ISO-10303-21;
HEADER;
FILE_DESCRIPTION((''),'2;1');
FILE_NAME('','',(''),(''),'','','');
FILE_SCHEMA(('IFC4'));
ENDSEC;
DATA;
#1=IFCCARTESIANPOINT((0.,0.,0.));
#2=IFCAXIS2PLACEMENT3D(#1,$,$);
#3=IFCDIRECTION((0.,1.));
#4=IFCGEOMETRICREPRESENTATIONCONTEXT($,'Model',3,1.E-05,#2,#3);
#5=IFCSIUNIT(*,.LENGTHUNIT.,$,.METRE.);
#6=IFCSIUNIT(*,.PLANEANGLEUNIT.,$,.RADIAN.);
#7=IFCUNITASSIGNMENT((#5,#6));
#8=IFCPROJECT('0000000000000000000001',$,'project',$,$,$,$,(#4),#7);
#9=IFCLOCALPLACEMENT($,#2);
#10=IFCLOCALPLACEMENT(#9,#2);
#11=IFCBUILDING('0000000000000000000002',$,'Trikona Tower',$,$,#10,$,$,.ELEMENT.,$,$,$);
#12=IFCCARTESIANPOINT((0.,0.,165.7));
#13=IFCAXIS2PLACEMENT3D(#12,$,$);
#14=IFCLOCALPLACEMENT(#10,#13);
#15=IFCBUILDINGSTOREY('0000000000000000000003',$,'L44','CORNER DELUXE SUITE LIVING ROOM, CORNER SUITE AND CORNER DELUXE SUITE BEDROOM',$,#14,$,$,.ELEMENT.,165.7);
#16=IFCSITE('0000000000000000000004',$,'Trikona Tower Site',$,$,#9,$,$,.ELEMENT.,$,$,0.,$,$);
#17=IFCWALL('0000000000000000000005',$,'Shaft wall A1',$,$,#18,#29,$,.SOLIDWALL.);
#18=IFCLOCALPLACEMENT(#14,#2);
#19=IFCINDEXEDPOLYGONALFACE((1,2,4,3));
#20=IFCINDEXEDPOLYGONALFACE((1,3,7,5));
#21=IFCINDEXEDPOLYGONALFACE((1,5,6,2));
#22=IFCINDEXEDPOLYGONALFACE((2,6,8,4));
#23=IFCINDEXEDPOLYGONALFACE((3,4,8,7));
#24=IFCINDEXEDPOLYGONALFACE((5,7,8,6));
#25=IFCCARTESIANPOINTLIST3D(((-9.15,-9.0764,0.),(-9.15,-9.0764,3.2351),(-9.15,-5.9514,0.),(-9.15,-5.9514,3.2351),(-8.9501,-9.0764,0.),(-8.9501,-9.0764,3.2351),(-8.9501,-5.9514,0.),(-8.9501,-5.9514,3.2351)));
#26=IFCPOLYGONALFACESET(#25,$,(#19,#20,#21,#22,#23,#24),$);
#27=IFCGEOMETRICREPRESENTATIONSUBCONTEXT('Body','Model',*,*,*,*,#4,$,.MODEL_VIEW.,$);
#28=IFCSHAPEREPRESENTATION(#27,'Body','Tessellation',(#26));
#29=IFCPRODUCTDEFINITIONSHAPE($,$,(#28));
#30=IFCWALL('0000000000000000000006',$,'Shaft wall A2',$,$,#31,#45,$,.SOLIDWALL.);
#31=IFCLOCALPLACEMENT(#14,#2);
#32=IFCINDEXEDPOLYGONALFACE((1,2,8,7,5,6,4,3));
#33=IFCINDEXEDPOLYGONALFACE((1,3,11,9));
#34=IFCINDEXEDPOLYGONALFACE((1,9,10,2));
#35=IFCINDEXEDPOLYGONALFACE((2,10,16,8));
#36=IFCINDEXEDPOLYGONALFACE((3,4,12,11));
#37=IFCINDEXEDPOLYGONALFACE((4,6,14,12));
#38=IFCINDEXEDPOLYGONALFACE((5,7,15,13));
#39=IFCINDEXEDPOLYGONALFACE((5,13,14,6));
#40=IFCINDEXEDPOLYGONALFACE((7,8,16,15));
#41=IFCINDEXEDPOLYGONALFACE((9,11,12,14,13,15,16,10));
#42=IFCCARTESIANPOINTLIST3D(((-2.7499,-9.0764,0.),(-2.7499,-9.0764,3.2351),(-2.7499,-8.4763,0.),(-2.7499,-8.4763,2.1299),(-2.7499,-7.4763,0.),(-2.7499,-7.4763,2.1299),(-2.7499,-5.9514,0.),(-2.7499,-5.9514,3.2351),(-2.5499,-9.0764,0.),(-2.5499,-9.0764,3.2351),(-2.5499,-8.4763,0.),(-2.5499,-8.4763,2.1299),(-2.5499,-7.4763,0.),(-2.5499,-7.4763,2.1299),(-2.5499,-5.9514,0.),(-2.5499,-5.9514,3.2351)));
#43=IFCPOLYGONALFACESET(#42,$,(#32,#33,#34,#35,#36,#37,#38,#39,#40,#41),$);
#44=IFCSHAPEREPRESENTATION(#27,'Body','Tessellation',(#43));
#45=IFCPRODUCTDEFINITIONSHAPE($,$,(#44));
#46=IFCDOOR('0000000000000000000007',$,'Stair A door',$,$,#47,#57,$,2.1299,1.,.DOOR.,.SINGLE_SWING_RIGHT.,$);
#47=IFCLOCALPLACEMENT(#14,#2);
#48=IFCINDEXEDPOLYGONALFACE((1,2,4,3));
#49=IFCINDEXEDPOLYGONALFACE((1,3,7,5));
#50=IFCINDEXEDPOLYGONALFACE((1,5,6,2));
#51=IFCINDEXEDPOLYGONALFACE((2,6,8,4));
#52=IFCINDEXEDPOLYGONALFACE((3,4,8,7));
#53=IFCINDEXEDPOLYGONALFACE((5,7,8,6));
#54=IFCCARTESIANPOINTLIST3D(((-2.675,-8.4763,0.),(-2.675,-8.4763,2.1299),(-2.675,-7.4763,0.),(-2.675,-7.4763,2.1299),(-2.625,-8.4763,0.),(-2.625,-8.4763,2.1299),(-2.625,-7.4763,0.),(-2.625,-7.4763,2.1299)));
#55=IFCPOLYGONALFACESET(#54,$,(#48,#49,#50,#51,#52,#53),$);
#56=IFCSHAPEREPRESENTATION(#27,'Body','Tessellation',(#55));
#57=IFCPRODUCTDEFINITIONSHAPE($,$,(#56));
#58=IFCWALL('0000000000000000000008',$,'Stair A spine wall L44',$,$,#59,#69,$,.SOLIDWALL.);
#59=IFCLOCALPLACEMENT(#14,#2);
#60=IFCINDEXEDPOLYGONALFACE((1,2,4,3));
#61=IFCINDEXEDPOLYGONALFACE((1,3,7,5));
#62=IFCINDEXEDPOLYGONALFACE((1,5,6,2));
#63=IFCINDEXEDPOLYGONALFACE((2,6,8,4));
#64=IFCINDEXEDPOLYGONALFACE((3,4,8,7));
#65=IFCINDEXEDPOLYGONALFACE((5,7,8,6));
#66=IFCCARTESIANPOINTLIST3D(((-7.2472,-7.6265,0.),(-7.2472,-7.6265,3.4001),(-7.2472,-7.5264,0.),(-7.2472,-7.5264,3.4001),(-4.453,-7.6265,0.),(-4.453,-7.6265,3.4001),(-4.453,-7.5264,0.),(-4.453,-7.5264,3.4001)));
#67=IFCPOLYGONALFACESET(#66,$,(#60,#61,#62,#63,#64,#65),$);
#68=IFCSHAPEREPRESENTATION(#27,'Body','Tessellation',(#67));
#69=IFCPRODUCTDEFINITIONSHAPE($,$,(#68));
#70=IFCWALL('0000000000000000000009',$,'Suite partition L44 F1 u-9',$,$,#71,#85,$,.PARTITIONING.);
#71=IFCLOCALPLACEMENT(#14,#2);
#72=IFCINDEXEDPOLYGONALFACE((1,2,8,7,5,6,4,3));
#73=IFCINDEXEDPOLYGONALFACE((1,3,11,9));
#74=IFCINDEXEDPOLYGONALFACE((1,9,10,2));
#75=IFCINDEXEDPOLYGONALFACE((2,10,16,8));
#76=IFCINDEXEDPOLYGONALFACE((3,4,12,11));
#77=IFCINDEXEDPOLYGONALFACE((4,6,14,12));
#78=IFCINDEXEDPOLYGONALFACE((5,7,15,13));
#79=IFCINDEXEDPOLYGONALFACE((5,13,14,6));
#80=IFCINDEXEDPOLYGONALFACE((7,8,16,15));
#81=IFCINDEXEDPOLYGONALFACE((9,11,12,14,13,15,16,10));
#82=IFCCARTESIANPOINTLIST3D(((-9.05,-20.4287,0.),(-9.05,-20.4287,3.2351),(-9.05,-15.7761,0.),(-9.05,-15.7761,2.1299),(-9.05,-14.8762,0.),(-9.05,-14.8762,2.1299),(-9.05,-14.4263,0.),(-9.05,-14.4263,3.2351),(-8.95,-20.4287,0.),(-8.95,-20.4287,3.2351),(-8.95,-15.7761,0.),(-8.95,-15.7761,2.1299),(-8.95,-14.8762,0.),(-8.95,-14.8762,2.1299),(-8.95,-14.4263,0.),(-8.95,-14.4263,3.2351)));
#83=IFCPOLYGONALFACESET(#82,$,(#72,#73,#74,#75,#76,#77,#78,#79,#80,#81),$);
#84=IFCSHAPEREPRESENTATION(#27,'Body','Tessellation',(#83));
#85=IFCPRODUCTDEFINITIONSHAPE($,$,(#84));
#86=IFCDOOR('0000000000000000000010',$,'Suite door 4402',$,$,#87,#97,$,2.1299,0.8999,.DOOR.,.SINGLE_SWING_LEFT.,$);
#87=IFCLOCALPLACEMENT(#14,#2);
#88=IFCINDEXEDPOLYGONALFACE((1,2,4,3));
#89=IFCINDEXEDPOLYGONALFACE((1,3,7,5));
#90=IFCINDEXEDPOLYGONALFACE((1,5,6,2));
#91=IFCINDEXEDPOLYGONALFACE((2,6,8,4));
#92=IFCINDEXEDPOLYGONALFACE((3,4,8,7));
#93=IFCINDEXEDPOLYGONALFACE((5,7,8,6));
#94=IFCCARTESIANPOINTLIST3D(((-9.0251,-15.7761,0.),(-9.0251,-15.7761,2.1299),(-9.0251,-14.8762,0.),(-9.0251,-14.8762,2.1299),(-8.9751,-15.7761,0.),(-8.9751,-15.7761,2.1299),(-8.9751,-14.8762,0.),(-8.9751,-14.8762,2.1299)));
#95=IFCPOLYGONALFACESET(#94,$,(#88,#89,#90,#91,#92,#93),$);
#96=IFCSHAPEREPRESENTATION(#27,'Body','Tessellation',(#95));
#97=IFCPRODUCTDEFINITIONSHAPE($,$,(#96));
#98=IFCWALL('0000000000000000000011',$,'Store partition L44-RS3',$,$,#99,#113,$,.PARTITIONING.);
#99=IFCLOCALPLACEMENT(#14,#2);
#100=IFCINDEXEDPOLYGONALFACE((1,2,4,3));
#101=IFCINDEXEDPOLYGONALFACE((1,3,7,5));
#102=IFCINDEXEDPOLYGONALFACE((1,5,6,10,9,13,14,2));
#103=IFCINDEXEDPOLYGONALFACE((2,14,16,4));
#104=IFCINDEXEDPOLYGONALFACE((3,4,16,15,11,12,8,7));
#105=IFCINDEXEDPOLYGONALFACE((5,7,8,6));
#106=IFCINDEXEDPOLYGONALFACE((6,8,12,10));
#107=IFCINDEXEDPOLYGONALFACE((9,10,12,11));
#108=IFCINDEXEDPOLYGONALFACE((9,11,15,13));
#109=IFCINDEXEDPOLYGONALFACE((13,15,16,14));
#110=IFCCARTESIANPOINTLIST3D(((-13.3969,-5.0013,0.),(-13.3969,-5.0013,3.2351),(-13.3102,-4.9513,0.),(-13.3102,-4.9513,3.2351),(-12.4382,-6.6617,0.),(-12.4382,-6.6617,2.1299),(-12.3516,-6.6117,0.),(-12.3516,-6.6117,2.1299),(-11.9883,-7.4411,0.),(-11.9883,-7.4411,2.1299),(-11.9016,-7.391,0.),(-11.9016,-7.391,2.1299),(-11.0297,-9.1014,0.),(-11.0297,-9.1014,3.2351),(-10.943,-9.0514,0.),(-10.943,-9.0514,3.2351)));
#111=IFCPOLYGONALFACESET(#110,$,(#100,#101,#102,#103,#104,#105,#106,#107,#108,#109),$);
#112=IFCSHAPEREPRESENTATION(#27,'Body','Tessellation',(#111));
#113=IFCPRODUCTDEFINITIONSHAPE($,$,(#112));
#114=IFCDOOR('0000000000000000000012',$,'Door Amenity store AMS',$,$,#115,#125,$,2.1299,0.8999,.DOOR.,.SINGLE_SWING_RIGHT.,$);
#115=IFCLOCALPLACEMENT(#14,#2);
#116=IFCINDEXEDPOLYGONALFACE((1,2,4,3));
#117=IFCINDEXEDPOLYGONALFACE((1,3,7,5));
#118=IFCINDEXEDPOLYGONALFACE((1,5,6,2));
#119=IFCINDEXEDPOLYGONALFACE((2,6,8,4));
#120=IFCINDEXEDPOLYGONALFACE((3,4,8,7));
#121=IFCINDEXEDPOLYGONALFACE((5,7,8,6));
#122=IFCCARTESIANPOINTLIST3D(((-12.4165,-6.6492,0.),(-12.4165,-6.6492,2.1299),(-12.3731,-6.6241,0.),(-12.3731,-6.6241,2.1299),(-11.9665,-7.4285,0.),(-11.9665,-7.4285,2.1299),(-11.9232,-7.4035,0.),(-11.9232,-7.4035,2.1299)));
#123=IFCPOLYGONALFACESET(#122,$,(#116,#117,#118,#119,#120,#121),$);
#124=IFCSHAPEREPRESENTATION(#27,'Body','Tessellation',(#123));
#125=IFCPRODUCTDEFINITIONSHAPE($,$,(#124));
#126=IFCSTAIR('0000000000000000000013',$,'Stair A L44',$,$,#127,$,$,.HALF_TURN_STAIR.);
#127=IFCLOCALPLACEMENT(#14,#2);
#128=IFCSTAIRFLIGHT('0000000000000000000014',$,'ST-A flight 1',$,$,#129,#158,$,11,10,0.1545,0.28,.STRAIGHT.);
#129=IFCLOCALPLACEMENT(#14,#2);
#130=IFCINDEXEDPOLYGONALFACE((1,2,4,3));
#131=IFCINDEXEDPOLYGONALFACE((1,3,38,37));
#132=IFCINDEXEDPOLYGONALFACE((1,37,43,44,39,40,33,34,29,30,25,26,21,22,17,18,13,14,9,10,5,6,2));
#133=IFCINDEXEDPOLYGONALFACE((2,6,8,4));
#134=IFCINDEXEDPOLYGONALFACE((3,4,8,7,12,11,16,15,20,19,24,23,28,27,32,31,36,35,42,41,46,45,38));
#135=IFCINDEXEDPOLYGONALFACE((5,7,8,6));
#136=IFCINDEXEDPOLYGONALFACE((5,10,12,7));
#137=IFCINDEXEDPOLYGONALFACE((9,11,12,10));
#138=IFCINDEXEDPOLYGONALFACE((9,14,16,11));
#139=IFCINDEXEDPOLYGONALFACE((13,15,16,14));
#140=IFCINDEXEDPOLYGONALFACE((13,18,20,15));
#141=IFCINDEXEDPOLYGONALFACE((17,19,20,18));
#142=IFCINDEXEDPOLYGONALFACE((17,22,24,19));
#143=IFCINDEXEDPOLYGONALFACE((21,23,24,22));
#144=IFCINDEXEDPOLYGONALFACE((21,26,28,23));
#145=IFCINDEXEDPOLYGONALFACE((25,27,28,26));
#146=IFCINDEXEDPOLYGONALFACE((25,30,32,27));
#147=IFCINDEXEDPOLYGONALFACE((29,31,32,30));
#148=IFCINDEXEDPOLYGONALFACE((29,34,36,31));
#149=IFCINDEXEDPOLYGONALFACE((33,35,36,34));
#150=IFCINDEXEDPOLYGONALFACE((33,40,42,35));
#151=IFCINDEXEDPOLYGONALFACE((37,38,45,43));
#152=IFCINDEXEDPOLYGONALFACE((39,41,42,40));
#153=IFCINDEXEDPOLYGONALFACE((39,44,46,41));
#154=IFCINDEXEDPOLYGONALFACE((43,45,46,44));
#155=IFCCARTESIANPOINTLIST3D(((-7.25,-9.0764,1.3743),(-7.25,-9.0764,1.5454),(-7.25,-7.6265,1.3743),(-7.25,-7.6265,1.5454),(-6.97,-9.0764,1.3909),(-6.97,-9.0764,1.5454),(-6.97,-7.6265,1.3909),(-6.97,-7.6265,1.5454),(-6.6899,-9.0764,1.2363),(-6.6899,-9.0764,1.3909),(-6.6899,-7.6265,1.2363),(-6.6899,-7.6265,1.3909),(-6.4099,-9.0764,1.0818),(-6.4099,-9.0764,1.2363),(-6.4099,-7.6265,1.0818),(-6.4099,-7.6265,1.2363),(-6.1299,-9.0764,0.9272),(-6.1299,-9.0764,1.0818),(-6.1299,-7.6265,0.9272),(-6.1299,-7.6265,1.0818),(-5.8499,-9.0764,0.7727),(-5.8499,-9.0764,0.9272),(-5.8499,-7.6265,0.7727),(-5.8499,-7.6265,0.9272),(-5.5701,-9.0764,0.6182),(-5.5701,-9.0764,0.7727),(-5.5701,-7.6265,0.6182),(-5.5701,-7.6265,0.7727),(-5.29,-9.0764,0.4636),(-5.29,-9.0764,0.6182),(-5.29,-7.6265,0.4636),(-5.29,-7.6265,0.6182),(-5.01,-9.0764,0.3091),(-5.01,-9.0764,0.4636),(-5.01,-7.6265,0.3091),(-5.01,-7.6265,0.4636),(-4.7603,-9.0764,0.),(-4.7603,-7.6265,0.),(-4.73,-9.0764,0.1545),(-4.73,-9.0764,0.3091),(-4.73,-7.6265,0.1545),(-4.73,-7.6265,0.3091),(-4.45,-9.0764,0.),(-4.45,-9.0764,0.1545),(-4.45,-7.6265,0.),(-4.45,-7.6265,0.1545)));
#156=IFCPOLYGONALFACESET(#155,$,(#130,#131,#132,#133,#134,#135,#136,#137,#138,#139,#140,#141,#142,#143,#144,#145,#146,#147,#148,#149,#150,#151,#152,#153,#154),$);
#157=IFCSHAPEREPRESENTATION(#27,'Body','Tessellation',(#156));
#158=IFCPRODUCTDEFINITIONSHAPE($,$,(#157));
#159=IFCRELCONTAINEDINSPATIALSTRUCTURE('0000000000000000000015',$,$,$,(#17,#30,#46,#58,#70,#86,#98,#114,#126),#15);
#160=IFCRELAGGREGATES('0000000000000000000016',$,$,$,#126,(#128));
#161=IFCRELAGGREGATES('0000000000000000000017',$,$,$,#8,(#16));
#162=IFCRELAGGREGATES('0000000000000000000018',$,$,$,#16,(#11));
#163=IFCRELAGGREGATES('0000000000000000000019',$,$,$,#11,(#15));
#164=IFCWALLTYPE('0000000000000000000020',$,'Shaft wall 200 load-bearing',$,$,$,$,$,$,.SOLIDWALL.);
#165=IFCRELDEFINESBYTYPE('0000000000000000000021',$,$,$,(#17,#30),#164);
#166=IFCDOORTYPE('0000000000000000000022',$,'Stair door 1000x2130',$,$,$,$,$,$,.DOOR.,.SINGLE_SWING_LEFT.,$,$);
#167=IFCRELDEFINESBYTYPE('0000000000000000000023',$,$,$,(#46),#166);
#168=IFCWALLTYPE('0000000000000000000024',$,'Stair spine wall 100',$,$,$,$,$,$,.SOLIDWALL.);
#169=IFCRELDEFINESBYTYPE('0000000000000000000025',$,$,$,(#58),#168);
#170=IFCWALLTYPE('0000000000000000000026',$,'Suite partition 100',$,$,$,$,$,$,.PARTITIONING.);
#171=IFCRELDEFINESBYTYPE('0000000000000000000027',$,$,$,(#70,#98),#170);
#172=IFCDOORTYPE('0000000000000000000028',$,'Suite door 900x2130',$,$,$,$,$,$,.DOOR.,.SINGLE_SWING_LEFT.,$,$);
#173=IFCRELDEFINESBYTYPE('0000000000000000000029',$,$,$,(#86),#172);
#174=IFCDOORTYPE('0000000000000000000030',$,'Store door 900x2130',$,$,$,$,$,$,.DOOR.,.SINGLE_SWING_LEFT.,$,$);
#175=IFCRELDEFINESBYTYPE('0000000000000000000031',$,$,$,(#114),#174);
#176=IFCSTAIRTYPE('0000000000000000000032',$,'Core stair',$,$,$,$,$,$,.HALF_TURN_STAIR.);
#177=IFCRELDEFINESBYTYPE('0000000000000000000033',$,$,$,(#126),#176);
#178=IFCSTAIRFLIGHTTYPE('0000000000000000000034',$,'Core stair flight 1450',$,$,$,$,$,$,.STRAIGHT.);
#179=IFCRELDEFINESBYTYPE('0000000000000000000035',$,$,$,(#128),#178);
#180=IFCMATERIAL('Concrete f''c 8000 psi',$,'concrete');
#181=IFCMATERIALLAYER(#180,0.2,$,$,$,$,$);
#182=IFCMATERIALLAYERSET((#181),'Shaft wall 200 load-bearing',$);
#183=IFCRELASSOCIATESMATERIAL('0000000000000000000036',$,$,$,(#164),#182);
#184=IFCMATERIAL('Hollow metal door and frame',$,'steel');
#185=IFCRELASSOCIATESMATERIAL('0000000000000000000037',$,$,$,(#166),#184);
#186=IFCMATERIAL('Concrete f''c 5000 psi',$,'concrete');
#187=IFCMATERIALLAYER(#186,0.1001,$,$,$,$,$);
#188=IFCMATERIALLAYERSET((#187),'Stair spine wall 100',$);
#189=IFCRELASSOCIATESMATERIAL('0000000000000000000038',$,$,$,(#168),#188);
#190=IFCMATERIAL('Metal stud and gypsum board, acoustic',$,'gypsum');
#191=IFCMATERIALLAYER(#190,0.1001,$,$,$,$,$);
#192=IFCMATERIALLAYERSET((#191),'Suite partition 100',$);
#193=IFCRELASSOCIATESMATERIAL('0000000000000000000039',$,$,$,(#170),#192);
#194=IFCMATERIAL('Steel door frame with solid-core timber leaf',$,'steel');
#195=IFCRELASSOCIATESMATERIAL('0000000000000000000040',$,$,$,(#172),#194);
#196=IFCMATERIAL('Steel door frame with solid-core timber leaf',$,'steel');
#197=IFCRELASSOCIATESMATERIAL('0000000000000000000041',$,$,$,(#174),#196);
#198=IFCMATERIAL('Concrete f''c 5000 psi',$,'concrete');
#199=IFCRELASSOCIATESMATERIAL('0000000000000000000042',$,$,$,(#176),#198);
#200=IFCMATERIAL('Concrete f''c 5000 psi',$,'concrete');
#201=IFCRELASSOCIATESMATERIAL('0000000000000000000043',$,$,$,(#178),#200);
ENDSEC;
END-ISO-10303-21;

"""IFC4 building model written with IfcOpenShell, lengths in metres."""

from ifc_helpers import new_model, si_unit, direction, frame, frame_2d, origin, place, context, subcontext, project, spatial, polyline, rectangle, outline, extrude, material, layer, layer_set, type_object, element, fill, aggregate, save


model = new_model("IFC4")

# Units and contexts
model_context = context("Model", 3, precision=1e-05, world=origin(), true_north=direction((0.0, 1.0)))
body_context = subcontext(model_context, "Body", "Model", "MODEL_VIEW")
ifc_project = project(units=[si_unit("LENGTHUNIT", "METRE"), si_unit("PLANEANGLEUNIT", "RADIAN")], contexts=[model_context])

# Site, building, storey
site_placement = place(None, origin())
site = spatial("IfcSite", under=ifc_project, at=site_placement, Name="Trikona Tower Site", CompositionType="ELEMENT", RefElevation=0.0)
building_placement = place(site_placement, origin())
building = spatial("IfcBuilding", under=site, at=building_placement, Name="Trikona Tower", CompositionType="ELEMENT")
storey_placement = place(building_placement, frame((0.0, 0.0, 165.7)))
storey = spatial("IfcBuildingStorey", under=building, at=storey_placement, Name="L44", Description="CORNER DELUXE SUITE LIVING ROOM, CORNER SUITE AND CORNER DELUXE SUITE BEDROOM", CompositionType="ELEMENT", Elevation=165.7)

# Wall
ifc_material_1 = material(Name="Concrete f'c 8000 psi", Category="concrete")
ifc_layer_1 = layer(ifc_material_1, 0.2)
ifc_layer_set_1 = layer_set([ifc_layer_1], Name="Shaft wall 200 load-bearing")
wall_type_1 = type_object("IfcWallType", Name="Shaft wall 200 load-bearing", PredefinedType="SOLIDWALL", material=ifc_layer_set_1)
wall_1_placement = place(storey_placement, frame((-9.05, -5.9514, 0.0), z_axis=(0.0, 0.0, 1.0), x_axis=(0.0, -1.0, 0.0)))
element("IfcWall", 1, at=wall_1_placement, inside=storey, type_object=wall_type_1, Name="Shaft wall A1", PredefinedType="SOLIDWALL", context=body_context, shape_type="SweptSolid", body=[
    extrude(rectangle(XDim=3.125, YDim=0.2, at=frame_2d((1.5625, 0.0))), origin(), (0.0, 0.0, 1.0), 3.2351),
])

# Wall, opening, door
wall_2_placement = place(storey_placement, frame((-2.6499, -5.9514, 0.0), z_axis=(0.0, 0.0, 1.0), x_axis=(0.0, -1.0, 0.0)))
wall_2 = element("IfcWall", 2, at=wall_2_placement, inside=storey, type_object=wall_type_1, Name="Shaft wall A2", PredefinedType="SOLIDWALL", context=body_context, shape_type="SweptSolid", body=[
    extrude(rectangle(XDim=3.125, YDim=0.2, at=frame_2d((1.5625, 0.0))), origin(), (0.0, 0.0, 1.0), 3.2351),
])
opening_1_placement = place(wall_2_placement, frame((1.5249, 0.0, 0.0)))
opening_1 = element("IfcOpeningElement", 3, at=opening_1_placement, cuts=wall_2, PredefinedType="OPENING", context=body_context, shape_type="SweptSolid", body=[
    extrude(rectangle(XDim=1.0, YDim=2.1299, at=frame_2d((0.5, 1.0649))), frame((0.0, 0.1099, 0.0), z_axis=(0.0, -1.0, 0.0), x_axis=(1.0, 0.0, 0.0)), (0.0, 0.0, 1.0), 0.22),
])
ifc_material_2 = material(Name="Hollow metal door and frame", Category="steel")
door_type_1 = type_object("IfcDoorType", Name="Stair door 1000x2130", OperationType="SINGLE_SWING_LEFT", PredefinedType="DOOR", material=ifc_material_2)
door_1_placement = place(opening_1_placement, origin())
door_1 = element("IfcDoor", 4, at=door_1_placement, inside=storey, type_object=door_type_1, Name="Stair A door", OperationType="SINGLE_SWING_RIGHT", OverallHeight=2.1299, OverallWidth=1.0, PredefinedType="DOOR", context=body_context, shape_type="SweptSolid", body=[
    extrude(rectangle(XDim=1.0, YDim=2.1299, at=frame_2d((0.5, 1.0649))), frame((0.0, 0.0249, 0.0), z_axis=(0.0, -1.0, 0.0), x_axis=(1.0, 0.0, 0.0)), (0.0, 0.0, 1.0), 0.05),
])
fill(opening_1, door_1)

# Wall
ifc_material_3 = material(Name="Concrete f'c 5000 psi", Category="concrete")
ifc_layer_2 = layer(ifc_material_3, 0.1001)
ifc_layer_set_2 = layer_set([ifc_layer_2], Name="Stair spine wall 100")
wall_type_2 = type_object("IfcWallType", Name="Stair spine wall 100", PredefinedType="SOLIDWALL", material=ifc_layer_set_2)
wall_3_placement = place(storey_placement, frame((-7.2471, -7.5764, 0.0), z_axis=(0.0, 0.0, 1.0), x_axis=(1.0, 0.0, 0.0)))
element("IfcWall", 5, at=wall_3_placement, inside=storey, type_object=wall_type_2, Name="Stair A spine wall L44", PredefinedType="SOLIDWALL", context=body_context, shape_type="SweptSolid", body=[
    extrude(rectangle(XDim=2.7942, YDim=0.1001, at=frame_2d((1.397, 0.0))), origin(), (0.0, 0.0, 1.0), 3.4001),
])

# Walls, openings, doors
ifc_material_4 = material(Name="Metal stud and gypsum board, acoustic", Category="gypsum")
ifc_layer_3 = layer(ifc_material_4, 0.1001)
ifc_layer_set_3 = layer_set([ifc_layer_3], Name="Suite partition 100")
wall_type_3 = type_object("IfcWallType", Name="Suite partition 100", PredefinedType="PARTITIONING", material=ifc_layer_set_3)
wall_4_placement = place(storey_placement, frame((-9.0, -14.4263, 0.0), z_axis=(0.0, 0.0, 1.0), x_axis=(0.0, -1.0, 0.0)))
wall_4 = element("IfcWall", 6, at=wall_4_placement, inside=storey, type_object=wall_type_3, Name="Suite partition L44 F1 u-9", PredefinedType="PARTITIONING", context=body_context, shape_type="SweptSolid", body=[
    extrude(rectangle(XDim=6.0024, YDim=0.1001, at=frame_2d((3.0012, 0.0))), origin(), (0.0, 0.0, 1.0), 3.2351),
])
opening_2_placement = place(wall_4_placement, frame((0.45, 0.0, 0.0)))
opening_2 = element("IfcOpeningElement", 7, at=opening_2_placement, cuts=wall_4, PredefinedType="OPENING", context=body_context, shape_type="SweptSolid", body=[
    extrude(rectangle(XDim=0.8999, YDim=2.1299, at=frame_2d((0.45, 1.0649))), frame((0.0, 0.0601, 0.0), z_axis=(0.0, -1.0, 0.0), x_axis=(1.0, 0.0, 0.0)), (0.0, 0.0, 1.0), 0.1201),
])
ifc_material_5 = material(Name="Steel door frame with solid-core timber leaf", Category="steel")
door_type_2 = type_object("IfcDoorType", Name="Suite door 900x2130", OperationType="SINGLE_SWING_LEFT", PredefinedType="DOOR", material=ifc_material_5)
door_2_placement = place(opening_2_placement, origin())
door_2 = element("IfcDoor", 8, at=door_2_placement, inside=storey, type_object=door_type_2, Name="Suite door 4402", OperationType="SINGLE_SWING_LEFT", OverallHeight=2.1299, OverallWidth=0.8999, PredefinedType="DOOR", context=body_context, shape_type="SweptSolid", body=[
    extrude(rectangle(XDim=0.8999, YDim=2.1299, at=frame_2d((0.45, 1.0649))), frame((0.0, 0.0249, 0.0), z_axis=(0.0, -1.0, 0.0), x_axis=(1.0, 0.0, 0.0)), (0.0, 0.0, 1.0), 0.05),
])
fill(opening_2, door_2)
wall_5_placement = place(storey_placement, frame((-10.9863, -9.0764, 0.0), z_axis=(0.0, 0.0, 1.0), x_axis=(-0.499999, 0.866026, 0.0)))
wall_5 = element("IfcWall", 9, at=wall_5_placement, inside=storey, type_object=wall_type_3, Name="Store partition L44-RS3", PredefinedType="PARTITIONING", context=body_context, shape_type="SweptSolid", body=[
    extrude(rectangle(XDim=4.7344, YDim=0.1001, at=frame_2d((2.3672, 0.0))), origin(), (0.0, 0.0, 1.0), 3.2351),
])
opening_3_placement = place(wall_5_placement, frame((1.9172, 0.0, 0.0)))
opening_3 = element("IfcOpeningElement", 10, at=opening_3_placement, cuts=wall_5, PredefinedType="OPENING", context=body_context, shape_type="SweptSolid", body=[
    extrude(rectangle(XDim=0.8999, YDim=2.1299, at=frame_2d((0.45, 1.0649))), frame((0.0, 0.0601, 0.0), z_axis=(0.0, -1.0, 0.0), x_axis=(1.0, 0.0, 0.0)), (0.0, 0.0, 1.0), 0.1201),
])
ifc_material_6 = material(Name="Steel door frame with solid-core timber leaf", Category="steel")
door_type_3 = type_object("IfcDoorType", Name="Store door 900x2130", OperationType="SINGLE_SWING_LEFT", PredefinedType="DOOR", material=ifc_material_6)
door_3_placement = place(opening_3_placement, origin())
door_3 = element("IfcDoor", 11, at=door_3_placement, inside=storey, type_object=door_type_3, Name="Door Amenity store AMS", OperationType="SINGLE_SWING_RIGHT", OverallHeight=2.1299, OverallWidth=0.8999, PredefinedType="DOOR", context=body_context, shape_type="SweptSolid", body=[
    extrude(rectangle(XDim=0.8999, YDim=2.1299, at=frame_2d((0.45, 1.0649))), frame((0.0, 0.0249, 0.0), z_axis=(0.0, -1.0, 0.0), x_axis=(1.0, 0.0, 0.0)), (0.0, 0.0, 1.0), 0.05),
])
fill(opening_3, door_3)

# Stair, stair flight
ifc_material_7 = material(Name="Concrete f'c 5000 psi", Category="concrete")
stair_type = type_object("IfcStairType", Name="Core stair", PredefinedType="HALF_TURN_STAIR", material=ifc_material_7)
stair_placement = place(storey_placement, origin())
stair = element("IfcStair", 12, at=stair_placement, inside=storey, type_object=stair_type, Name="Stair A L44", PredefinedType="HALF_TURN_STAIR")
ifc_material_8 = material(Name="Concrete f'c 5000 psi", Category="concrete")
stair_flight_type = type_object("IfcStairFlightType", Name="Core stair flight 1450", PredefinedType="STRAIGHT", material=ifc_material_8)
stair_flight_1_placement = place(storey_placement, frame((-4.45, -8.3513, 0.0), z_axis=(0.0, 0.0, 1.0), x_axis=(-1.0, 0.0, 0.0)))
stair_flight_1 = element("IfcStairFlight", 13, at=stair_flight_1_placement, type_object=stair_flight_type, Name="ST-A flight 1", NumberOfRisers=11, NumberOfTreads=10, PredefinedType="STRAIGHT", RiserHeight=0.1545, TreadLength=0.28, context=body_context, shape_type="SweptSolid", body=[
    extrude(outline(polyline([(0.0, 0.0), (0.0, 0.1545), (0.28, 0.1545), (0.28, 0.3091), (0.5601, 0.3091), (0.5601, 0.4636), (0.8401, 0.4636), (0.8401, 0.6182), (1.1201, 0.6182), (1.1201, 0.7727), (1.3999, 0.7727), (1.3999, 0.9272), (1.6799, 0.9272), (1.6799, 1.0818), (1.96, 1.0818), (1.96, 1.2363), (2.24, 1.2363), (2.24, 1.3909), (2.52, 1.3909), (2.52, 1.5454), (2.8, 1.5454), (2.8, 1.7), (2.8, 1.3743), (0.3103, 0.0), (0.0, 0.0)])), frame((0.0, 0.7251, 0.0), z_axis=(0.0, -1.0, 0.0), x_axis=(1.0, 0.0, 0.0)), (0.0, 0.0, 1.0), 1.45),
])
aggregate(stair, [stair_flight_1])

save(model, "model.ifc")
